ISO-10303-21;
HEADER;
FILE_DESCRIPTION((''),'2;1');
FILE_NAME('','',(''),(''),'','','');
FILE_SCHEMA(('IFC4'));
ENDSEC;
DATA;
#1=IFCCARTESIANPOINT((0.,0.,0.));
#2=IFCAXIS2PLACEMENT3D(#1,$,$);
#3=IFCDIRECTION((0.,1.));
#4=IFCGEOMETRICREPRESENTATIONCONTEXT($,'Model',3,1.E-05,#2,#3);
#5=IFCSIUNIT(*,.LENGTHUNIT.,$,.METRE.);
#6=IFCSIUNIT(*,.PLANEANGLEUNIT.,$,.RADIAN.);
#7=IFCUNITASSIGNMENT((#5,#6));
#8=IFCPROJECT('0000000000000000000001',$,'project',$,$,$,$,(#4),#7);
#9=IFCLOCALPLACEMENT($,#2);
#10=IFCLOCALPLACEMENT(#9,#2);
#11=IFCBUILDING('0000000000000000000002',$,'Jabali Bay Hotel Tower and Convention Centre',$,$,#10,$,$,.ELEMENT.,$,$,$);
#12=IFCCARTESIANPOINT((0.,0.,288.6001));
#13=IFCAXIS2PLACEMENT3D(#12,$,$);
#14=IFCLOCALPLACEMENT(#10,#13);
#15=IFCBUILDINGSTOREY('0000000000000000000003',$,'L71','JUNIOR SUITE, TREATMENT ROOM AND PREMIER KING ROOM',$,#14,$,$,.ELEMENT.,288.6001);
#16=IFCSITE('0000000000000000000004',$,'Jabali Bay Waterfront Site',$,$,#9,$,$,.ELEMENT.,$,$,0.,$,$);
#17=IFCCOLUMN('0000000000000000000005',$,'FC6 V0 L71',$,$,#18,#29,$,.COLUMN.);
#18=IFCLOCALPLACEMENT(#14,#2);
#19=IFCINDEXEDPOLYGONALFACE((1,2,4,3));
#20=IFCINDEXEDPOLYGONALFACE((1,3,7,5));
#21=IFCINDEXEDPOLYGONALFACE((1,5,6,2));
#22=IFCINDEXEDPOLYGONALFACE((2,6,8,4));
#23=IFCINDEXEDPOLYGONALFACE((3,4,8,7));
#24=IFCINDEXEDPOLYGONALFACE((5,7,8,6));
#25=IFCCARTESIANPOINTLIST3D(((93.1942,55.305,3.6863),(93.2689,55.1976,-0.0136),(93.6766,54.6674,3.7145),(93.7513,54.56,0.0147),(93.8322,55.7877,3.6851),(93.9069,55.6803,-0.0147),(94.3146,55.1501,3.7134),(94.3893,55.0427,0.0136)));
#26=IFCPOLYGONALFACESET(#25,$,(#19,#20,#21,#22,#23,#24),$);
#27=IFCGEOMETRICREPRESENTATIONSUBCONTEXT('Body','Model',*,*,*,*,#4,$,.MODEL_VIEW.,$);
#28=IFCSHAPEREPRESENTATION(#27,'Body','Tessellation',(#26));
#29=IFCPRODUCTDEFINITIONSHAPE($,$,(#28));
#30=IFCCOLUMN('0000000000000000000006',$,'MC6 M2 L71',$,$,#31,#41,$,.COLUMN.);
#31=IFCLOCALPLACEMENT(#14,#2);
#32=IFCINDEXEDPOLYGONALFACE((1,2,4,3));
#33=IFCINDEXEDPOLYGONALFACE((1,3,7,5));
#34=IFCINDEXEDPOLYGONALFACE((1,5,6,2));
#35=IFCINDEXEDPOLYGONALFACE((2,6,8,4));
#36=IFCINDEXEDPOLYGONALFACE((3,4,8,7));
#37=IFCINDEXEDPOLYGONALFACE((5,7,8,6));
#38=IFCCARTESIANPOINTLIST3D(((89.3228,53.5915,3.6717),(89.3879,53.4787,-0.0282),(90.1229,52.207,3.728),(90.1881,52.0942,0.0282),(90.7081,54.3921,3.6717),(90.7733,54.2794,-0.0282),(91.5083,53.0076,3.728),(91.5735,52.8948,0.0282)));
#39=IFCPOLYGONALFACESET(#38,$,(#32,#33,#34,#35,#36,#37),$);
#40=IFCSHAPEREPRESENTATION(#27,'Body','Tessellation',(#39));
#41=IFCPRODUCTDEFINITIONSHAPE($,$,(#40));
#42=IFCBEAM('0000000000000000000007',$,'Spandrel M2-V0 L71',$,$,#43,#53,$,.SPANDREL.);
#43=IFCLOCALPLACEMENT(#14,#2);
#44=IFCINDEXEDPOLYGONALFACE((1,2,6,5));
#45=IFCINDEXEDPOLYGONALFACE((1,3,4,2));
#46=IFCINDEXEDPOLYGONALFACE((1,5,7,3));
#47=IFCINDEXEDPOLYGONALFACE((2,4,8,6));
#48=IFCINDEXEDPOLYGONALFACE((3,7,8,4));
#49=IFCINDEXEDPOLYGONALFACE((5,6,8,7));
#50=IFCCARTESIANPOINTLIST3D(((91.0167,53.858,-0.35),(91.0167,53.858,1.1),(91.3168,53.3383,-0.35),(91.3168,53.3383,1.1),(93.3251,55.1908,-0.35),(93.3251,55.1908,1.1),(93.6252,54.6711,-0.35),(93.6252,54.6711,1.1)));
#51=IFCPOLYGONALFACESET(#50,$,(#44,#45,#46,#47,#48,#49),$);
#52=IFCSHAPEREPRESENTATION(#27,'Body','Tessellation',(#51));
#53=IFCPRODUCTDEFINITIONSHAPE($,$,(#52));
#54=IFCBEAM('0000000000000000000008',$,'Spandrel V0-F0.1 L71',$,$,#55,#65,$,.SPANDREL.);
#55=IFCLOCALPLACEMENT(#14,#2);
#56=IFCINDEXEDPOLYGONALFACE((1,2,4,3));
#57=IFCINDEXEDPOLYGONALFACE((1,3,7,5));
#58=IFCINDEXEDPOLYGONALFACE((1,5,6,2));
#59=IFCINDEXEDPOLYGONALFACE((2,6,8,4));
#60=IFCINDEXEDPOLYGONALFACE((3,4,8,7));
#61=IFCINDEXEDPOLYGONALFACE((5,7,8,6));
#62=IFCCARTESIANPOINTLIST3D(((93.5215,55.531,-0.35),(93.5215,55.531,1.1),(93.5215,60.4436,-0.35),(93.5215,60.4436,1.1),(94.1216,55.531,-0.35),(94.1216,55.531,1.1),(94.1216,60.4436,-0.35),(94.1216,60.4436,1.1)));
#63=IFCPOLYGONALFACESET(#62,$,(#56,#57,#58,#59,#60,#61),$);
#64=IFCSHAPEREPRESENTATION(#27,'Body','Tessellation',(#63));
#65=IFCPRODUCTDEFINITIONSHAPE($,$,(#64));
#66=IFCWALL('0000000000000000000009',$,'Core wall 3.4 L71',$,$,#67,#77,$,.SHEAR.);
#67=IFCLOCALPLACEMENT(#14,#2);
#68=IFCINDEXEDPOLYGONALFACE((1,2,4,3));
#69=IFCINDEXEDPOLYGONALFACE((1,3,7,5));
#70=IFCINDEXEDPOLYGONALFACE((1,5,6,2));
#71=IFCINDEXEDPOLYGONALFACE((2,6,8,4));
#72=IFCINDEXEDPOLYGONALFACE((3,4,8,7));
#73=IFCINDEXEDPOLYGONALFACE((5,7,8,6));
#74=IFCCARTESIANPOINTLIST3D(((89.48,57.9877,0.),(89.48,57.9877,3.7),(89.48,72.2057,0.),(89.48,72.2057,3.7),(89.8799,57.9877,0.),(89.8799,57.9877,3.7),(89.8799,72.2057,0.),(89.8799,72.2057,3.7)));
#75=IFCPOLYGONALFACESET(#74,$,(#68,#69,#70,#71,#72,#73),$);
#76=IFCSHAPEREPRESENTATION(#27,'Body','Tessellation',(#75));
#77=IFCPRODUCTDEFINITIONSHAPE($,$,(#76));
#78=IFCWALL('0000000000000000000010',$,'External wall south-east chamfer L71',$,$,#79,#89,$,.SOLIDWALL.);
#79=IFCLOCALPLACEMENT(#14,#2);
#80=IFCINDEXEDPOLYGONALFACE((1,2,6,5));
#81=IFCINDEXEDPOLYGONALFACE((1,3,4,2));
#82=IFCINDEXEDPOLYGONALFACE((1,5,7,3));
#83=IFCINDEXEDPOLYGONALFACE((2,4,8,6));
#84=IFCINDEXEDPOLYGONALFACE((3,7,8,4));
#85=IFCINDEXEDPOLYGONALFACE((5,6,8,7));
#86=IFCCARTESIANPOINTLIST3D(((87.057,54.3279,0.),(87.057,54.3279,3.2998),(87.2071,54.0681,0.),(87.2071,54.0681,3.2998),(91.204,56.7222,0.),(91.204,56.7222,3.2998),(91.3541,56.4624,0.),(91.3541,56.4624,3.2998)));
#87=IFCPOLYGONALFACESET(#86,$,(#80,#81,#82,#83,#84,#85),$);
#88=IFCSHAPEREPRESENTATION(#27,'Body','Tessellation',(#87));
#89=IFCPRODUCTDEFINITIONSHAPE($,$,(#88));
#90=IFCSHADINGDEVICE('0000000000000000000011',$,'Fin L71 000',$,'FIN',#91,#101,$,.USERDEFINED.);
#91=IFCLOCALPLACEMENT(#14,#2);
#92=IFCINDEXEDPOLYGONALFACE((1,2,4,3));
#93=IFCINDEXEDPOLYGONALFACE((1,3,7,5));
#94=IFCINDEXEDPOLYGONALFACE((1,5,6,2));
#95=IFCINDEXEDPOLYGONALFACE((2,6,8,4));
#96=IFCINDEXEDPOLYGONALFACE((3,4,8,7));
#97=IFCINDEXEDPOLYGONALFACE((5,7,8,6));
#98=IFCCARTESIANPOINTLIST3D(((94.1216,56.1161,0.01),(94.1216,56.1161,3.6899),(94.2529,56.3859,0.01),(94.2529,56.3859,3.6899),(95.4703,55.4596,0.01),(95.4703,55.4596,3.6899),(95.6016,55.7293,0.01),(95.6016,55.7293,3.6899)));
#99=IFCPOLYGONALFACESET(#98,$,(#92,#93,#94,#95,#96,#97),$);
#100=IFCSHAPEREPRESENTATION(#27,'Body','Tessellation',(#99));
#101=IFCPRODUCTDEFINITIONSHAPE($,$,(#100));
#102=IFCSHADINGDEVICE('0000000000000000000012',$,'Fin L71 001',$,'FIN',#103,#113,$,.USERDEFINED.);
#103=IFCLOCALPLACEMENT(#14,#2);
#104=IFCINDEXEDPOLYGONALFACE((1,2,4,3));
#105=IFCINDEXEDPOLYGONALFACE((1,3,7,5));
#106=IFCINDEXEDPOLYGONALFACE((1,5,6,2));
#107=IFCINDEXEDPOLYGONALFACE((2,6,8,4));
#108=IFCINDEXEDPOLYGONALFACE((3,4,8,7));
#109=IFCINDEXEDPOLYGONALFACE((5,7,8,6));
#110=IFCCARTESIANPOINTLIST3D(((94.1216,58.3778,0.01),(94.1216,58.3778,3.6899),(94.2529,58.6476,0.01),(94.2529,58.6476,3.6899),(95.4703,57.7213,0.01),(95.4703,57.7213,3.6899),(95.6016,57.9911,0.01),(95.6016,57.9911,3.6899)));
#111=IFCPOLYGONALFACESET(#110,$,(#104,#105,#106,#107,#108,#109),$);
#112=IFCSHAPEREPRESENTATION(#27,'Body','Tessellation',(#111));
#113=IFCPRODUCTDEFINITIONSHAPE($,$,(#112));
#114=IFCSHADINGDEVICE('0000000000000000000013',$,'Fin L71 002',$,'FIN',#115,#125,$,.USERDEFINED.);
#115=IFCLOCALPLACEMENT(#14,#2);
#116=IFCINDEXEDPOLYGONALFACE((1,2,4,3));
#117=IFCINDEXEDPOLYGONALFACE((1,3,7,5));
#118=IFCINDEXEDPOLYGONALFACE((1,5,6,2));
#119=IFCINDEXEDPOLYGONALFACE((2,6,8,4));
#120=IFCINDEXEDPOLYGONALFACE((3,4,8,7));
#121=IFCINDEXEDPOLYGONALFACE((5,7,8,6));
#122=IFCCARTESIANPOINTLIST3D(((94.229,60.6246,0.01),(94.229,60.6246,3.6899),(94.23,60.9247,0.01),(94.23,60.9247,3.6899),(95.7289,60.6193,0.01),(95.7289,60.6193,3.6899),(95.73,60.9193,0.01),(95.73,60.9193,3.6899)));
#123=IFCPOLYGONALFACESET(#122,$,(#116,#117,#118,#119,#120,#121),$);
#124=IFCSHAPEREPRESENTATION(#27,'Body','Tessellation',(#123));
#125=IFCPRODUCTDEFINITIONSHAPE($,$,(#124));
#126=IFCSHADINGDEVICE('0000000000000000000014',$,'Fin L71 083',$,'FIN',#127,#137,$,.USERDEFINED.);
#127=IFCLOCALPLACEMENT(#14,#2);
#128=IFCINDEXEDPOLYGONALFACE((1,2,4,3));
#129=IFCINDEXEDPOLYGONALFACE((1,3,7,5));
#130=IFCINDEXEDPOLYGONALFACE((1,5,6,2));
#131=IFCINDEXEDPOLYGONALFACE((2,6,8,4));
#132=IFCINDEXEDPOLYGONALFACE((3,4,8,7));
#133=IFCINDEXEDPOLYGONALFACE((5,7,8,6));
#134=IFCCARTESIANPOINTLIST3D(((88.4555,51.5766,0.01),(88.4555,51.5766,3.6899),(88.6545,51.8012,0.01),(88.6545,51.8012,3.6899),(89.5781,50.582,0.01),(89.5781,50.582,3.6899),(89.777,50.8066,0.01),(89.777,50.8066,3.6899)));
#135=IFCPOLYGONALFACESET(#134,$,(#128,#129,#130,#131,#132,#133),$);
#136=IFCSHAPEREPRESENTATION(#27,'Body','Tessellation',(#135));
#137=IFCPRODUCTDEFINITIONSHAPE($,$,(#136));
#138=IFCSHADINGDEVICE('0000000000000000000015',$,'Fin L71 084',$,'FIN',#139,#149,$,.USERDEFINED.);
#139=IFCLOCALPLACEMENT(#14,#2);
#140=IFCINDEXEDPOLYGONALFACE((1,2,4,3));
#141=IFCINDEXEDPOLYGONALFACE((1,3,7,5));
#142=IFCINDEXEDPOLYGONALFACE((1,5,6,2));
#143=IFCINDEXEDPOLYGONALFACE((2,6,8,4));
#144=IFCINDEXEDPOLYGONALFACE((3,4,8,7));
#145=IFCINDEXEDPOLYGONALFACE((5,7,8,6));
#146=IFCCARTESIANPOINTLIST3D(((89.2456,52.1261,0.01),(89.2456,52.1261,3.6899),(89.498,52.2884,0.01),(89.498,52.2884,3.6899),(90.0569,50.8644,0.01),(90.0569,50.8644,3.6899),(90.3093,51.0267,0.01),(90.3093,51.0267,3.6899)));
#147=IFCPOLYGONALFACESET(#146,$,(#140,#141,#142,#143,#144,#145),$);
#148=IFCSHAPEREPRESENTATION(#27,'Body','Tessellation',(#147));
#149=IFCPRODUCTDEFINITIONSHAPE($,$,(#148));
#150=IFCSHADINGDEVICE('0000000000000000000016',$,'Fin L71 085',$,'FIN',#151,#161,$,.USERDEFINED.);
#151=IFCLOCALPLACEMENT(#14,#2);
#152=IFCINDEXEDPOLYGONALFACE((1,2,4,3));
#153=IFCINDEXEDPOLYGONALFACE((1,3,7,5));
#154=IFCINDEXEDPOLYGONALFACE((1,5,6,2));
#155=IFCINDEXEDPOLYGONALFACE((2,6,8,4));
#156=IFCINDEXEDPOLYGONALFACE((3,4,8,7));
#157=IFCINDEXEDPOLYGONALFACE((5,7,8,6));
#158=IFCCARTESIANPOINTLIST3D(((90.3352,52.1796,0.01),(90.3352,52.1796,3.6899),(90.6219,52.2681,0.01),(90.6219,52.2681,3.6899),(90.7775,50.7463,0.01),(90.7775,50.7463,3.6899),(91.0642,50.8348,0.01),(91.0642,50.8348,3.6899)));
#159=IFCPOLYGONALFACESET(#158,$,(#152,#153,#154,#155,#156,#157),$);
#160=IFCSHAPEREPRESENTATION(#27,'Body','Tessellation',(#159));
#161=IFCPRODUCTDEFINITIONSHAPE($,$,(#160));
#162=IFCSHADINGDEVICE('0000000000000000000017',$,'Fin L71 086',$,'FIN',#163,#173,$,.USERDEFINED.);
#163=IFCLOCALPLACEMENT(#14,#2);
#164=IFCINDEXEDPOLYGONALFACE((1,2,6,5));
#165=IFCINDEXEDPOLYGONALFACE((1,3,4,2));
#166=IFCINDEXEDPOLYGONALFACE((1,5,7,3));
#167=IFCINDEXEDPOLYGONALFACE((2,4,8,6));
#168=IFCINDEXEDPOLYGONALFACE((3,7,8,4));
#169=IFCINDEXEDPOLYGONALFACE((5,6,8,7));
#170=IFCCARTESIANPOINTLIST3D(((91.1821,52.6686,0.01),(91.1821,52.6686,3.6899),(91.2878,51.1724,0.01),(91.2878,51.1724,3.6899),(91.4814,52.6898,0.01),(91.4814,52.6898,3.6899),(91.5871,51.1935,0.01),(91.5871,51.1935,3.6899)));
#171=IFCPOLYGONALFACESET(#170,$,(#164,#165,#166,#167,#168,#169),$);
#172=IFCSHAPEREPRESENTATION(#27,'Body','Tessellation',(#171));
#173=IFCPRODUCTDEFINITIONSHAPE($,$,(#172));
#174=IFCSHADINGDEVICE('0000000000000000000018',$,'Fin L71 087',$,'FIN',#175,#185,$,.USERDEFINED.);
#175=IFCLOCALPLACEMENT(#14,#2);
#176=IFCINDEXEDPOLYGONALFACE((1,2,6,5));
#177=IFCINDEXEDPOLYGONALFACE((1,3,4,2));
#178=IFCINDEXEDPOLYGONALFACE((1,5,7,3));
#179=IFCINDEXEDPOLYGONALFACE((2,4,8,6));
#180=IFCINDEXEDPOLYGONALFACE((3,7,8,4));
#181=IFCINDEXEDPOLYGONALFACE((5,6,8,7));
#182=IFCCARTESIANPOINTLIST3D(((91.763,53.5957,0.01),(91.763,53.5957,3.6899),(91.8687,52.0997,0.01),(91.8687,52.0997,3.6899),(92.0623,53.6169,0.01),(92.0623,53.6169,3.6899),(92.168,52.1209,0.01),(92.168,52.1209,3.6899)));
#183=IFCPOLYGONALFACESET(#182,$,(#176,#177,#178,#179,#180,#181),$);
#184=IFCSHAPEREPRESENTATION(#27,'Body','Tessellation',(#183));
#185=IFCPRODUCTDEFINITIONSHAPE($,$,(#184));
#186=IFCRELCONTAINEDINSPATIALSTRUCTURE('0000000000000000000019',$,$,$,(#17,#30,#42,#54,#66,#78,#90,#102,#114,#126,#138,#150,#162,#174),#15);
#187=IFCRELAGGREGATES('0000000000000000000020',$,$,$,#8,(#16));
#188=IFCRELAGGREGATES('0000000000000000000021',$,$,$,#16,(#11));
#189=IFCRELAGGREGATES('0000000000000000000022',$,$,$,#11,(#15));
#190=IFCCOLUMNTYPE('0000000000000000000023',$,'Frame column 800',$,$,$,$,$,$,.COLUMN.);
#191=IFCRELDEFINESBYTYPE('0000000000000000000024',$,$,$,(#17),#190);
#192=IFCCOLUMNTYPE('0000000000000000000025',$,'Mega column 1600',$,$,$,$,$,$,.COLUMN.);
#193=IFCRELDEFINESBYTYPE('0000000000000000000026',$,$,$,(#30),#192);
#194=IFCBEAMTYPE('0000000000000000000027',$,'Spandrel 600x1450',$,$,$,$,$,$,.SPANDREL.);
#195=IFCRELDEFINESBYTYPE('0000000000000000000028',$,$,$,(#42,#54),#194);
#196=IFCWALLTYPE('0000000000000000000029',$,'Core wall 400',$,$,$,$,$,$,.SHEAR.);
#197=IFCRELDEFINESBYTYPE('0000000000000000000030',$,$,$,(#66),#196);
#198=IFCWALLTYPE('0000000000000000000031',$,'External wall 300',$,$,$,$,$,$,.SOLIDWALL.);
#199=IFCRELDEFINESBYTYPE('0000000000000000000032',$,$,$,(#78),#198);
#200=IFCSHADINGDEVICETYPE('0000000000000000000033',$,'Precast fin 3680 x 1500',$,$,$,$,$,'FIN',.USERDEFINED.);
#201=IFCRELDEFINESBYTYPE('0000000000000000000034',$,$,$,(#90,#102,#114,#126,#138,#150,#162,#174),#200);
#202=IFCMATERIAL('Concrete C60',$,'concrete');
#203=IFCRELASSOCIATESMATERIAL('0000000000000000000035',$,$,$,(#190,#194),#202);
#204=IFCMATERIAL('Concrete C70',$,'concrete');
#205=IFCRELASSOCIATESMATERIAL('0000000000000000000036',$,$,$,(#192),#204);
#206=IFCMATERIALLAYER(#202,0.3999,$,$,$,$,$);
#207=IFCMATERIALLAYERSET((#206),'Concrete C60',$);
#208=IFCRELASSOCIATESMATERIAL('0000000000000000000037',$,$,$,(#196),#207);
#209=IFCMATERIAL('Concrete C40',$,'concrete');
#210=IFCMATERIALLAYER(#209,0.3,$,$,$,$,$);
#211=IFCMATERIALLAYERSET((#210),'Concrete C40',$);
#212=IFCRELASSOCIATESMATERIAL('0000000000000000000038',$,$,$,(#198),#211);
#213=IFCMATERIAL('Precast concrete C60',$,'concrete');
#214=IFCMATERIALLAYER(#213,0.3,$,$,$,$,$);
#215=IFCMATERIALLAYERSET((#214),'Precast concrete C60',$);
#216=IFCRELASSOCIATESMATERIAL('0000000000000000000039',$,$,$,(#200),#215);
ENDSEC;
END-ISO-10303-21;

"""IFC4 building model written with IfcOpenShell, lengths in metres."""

from ifc_helpers import new_model, si_unit, direction, frame, frame_2d, origin, origin_2d, place, context, subcontext, project, spatial, rectangle, extrude, material, layer, layer_set, material_profile, profile_set, type_object, element, save


model = new_model("IFC4")

# Units and contexts
model_context = context("Model", 3, precision=1e-05, world=origin(), true_north=direction((0.0, 1.0)))
body_context = subcontext(model_context, "Body", "Model", "MODEL_VIEW")
ifc_project = project(units=[si_unit("LENGTHUNIT", "METRE"), si_unit("PLANEANGLEUNIT", "RADIAN")], contexts=[model_context])

# Site, building, storey
site_placement = place(None, origin())
site = spatial("IfcSite", under=ifc_project, at=site_placement, Name="Jabali Bay Waterfront Site", CompositionType="ELEMENT", RefElevation=0.0)
building_placement = place(site_placement, origin())
building = spatial("IfcBuilding", under=site, at=building_placement, Name="Jabali Bay Hotel Tower and Convention Centre", CompositionType="ELEMENT")
storey_placement = place(building_placement, frame((0.0, 0.0, 288.6001)))
storey = spatial("IfcBuildingStorey", under=building, at=storey_placement, Name="L71", Description="JUNIOR SUITE, TREATMENT ROOM AND PREMIER KING ROOM", CompositionType="ELEMENT", Elevation=288.6001)

# Columns
ifc_material_1 = material(Name="Concrete C60", Category="concrete")
ifc_material_profile_1 = material_profile(ifc_material_1, rectangle(XDim=0.8, YDim=0.8, at=origin_2d()), Name="Frame column 800")
ifc_profile_set_1 = profile_set([ifc_material_profile_1], Name="Concrete C60")
column_type_1 = type_object("IfcColumnType", Name="Frame column 800", PredefinedType="COLUMN", material=ifc_profile_set_1)
column_1_placement = place(storey_placement, frame((93.8291, 55.1201, 0.0), z_axis=(-0.020179, 0.029015, 0.999375), x_axis=(-0.7975, -0.603317, 0.001414)))
element("IfcColumn", 1, at=column_1_placement, inside=storey, type_object=column_type_1, Name="FC6 V0 L71", PredefinedType="COLUMN", context=body_context, shape_type="SweptSolid", body=[
    extrude(rectangle(XDim=0.8, YDim=0.8, at=origin_2d()), origin(), (0.0, 0.0, 1.0), 3.7021),
])
ifc_material_2 = material(Name="Concrete C70", Category="concrete")
ifc_material_profile_2 = material_profile(ifc_material_2, rectangle(XDim=1.6001, YDim=1.6001, at=origin_2d()), Name="Mega column 1600")
ifc_profile_set_2 = profile_set([ifc_material_profile_2], Name="Concrete C70")
column_type_2 = type_object("IfcColumnType", Name="Mega column 1600", PredefinedType="COLUMN", material=ifc_profile_set_2)
column_2_placement = place(storey_placement, frame((90.4807, 53.1868, 0.0), z_axis=(-0.017607, 0.030466, 0.999381), x_axis=(0.500061, -0.865275, 0.035188)))
element("IfcColumn", 2, at=column_2_placement, inside=storey, type_object=column_type_2, Name="MC6 M2 L71", PredefinedType="COLUMN", context=body_context, shape_type="SweptSolid", body=[
    extrude(rectangle(XDim=1.6001, YDim=1.6001, at=origin_2d()), origin(), (0.0, 0.0, 1.0), 3.7021),
])

# Beams
ifc_material_profile_3 = material_profile(ifc_material_1, rectangle(XDim=0.6001, YDim=1.45, at=origin_2d()), Name="Spandrel 600x1450")
ifc_profile_set_3 = profile_set([ifc_material_profile_3], Name="Concrete C60")
beam_type = type_object("IfcBeamType", Name="Spandrel 600x1450", PredefinedType="SPANDREL", material=ifc_profile_set_3)
beam_1_placement = place(storey_placement, frame((91.1667, 53.5981, 0.375), z_axis=(0.866019, 0.500011, 0.0), x_axis=(-0.500011, 0.866019, 0.0)))
element("IfcBeam", 3, at=beam_1_placement, inside=storey, type_object=beam_type, Name="Spandrel M2-V0 L71", PredefinedType="SPANDREL", context=body_context, shape_type="SweptSolid", body=[
    extrude(rectangle(XDim=0.6001, YDim=1.45, at=origin_2d()), origin(), (0.0, 0.0, 1.0), 2.6655),
])
beam_2_placement = place(storey_placement, frame((93.8215, 55.531, 0.375), z_axis=(0.0, 1.0, 0.0), x_axis=(-1.0, 0.0, 0.0)))
element("IfcBeam", 4, at=beam_2_placement, inside=storey, type_object=beam_type, Name="Spandrel V0-F0.1 L71", PredefinedType="SPANDREL", context=body_context, shape_type="SweptSolid", body=[
    extrude(rectangle(XDim=0.6001, YDim=1.45, at=origin_2d()), origin(), (0.0, 0.0, 1.0), 4.9126),
])

# Walls
ifc_layer_1 = layer(ifc_material_1, 0.3999)
ifc_layer_set_1 = layer_set([ifc_layer_1], Name="Concrete C60")
wall_type_1 = type_object("IfcWallType", Name="Core wall 400", PredefinedType="SHEAR", material=ifc_layer_set_1)
wall_1_placement = place(storey_placement, frame((89.6799, 57.9878, 0.0), z_axis=(0.0, 0.0, 1.0), x_axis=(0.0, 1.0, 0.0)))
element("IfcWall", 5, at=wall_1_placement, inside=storey, type_object=wall_type_1, Name="Core wall 3.4 L71", PredefinedType="SHEAR", context=body_context, shape_type="SweptSolid", body=[
    extrude(rectangle(XDim=14.218, YDim=0.3999, at=frame_2d((7.1089, 0.0))), origin(), (0.0, 0.0, 1.0), 3.7),
])
ifc_material_3 = material(Name="Concrete C40", Category="concrete")
ifc_layer_2 = layer(ifc_material_3, 0.3)
ifc_layer_set_2 = layer_set([ifc_layer_2], Name="Concrete C40")
wall_type_2 = type_object("IfcWallType", Name="External wall 300", PredefinedType="SOLIDWALL", material=ifc_layer_set_2)
wall_2_placement = place(storey_placement, frame((91.2791, 56.5923, 0.0), z_axis=(0.0, 0.0, 1.0), x_axis=(-0.866023, -0.500005, 0.0)))
element("IfcWall", 6, at=wall_2_placement, inside=storey, type_object=wall_type_2, Name="External wall south-east chamfer L71", PredefinedType="SOLIDWALL", context=body_context, shape_type="SweptSolid", body=[
    extrude(rectangle(XDim=4.7886, YDim=0.3, at=frame_2d((2.3943, 0.0))), origin(), (0.0, 0.0, 1.0), 3.2998),
])

# Shading devices
ifc_material_4 = material(Name="Precast concrete C60", Category="concrete")
ifc_layer_3 = layer(ifc_material_4, 0.3)
ifc_layer_set_3 = layer_set([ifc_layer_3], Name="Precast concrete C60")
shading_device_type = type_object("IfcShadingDeviceType", Name="Precast fin 3680 x 1500", ElementType="FIN", PredefinedType="USERDEFINED", material=ifc_layer_set_3)
for number, where, z_axis, x_axis, name in (
    (7, (94.1873, 56.251, 0.01), (0.0, 0.0, 1.0), (0.899129, -0.437683, 0.0), "Fin L71 000"),
    (8, (94.1873, 58.5127, 0.01), (0.0, 0.0, 1.0), (0.899129, -0.437683, 0.0), "Fin L71 001"),
    (9, (94.2295, 60.7747, 0.01), (0.0, 0.0, 1.0), (0.999994, -0.003581, 0.0), "Fin L71 002"),
):
    element("IfcShadingDevice", number, at=place(storey_placement, frame(where, z_axis=z_axis, x_axis=x_axis)), inside=storey, type_object=shading_device_type, Name=name, ObjectType="FIN", PredefinedType="USERDEFINED", context=body_context, shape_type="SweptSolid", body=[
        extrude(rectangle(XDim=1.5, YDim=0.3, at=frame_2d((0.75, 0.0))), origin(), (0.0, 0.0, 1.0), 3.6799),
    ])
shading_device_1_placement = place(storey_placement, frame((88.5549, 51.689, 0.01), z_axis=(0.0, 0.0, 1.0), x_axis=(0.748468, -0.663171, 0.0)))
element("IfcShadingDevice", 10, at=shading_device_1_placement, inside=storey, type_object=shading_device_type, Name="Fin L71 083", ObjectType="FIN", PredefinedType="USERDEFINED", context=body_context, shape_type="SweptSolid", body=[
    extrude(rectangle(XDim=1.4998, YDim=0.3, at=frame_2d((0.75, 0.0))), origin(), (0.0, 0.0, 1.0), 3.6799),
])
for number, where, z_axis, x_axis, name in (
    (11, (89.3718, 52.2073, 0.01), (0.0, 0.0, 1.0), (0.54084, -0.841126, 0.0), "Fin L71 084"),
    (12, (90.4785, 52.2239, 0.01), (0.0, 0.0, 1.0), (0.294909, -0.955525, 0.0), "Fin L71 085"),
    (13, (91.3318, 52.6792, 0.01), (0.0, 0.0, 1.0), (0.070472, -0.997514, 0.0), "Fin L71 086"),
):
    element("IfcShadingDevice", number, at=place(storey_placement, frame(where, z_axis=z_axis, x_axis=x_axis)), inside=storey, type_object=shading_device_type, Name=name, ObjectType="FIN", PredefinedType="USERDEFINED", context=body_context, shape_type="SweptSolid", body=[
        extrude(rectangle(XDim=1.5, YDim=0.3, at=frame_2d((0.75, 0.0))), origin(), (0.0, 0.0, 1.0), 3.6799),
    ])
shading_device_2_placement = place(storey_placement, frame((91.9126, 53.6064, 0.01), z_axis=(0.0, 0.0, 1.0), x_axis=(0.070484, -0.997513, 0.0)))
element("IfcShadingDevice", 14, at=shading_device_2_placement, inside=storey, type_object=shading_device_type, Name="Fin L71 087", ObjectType="FIN", PredefinedType="USERDEFINED", context=body_context, shape_type="SweptSolid", body=[
    extrude(rectangle(XDim=1.4998, YDim=0.3, at=frame_2d((0.75, 0.0))), origin(), (0.0, 0.0, 1.0), 3.6799),
])

save(model, "model.ifc")
